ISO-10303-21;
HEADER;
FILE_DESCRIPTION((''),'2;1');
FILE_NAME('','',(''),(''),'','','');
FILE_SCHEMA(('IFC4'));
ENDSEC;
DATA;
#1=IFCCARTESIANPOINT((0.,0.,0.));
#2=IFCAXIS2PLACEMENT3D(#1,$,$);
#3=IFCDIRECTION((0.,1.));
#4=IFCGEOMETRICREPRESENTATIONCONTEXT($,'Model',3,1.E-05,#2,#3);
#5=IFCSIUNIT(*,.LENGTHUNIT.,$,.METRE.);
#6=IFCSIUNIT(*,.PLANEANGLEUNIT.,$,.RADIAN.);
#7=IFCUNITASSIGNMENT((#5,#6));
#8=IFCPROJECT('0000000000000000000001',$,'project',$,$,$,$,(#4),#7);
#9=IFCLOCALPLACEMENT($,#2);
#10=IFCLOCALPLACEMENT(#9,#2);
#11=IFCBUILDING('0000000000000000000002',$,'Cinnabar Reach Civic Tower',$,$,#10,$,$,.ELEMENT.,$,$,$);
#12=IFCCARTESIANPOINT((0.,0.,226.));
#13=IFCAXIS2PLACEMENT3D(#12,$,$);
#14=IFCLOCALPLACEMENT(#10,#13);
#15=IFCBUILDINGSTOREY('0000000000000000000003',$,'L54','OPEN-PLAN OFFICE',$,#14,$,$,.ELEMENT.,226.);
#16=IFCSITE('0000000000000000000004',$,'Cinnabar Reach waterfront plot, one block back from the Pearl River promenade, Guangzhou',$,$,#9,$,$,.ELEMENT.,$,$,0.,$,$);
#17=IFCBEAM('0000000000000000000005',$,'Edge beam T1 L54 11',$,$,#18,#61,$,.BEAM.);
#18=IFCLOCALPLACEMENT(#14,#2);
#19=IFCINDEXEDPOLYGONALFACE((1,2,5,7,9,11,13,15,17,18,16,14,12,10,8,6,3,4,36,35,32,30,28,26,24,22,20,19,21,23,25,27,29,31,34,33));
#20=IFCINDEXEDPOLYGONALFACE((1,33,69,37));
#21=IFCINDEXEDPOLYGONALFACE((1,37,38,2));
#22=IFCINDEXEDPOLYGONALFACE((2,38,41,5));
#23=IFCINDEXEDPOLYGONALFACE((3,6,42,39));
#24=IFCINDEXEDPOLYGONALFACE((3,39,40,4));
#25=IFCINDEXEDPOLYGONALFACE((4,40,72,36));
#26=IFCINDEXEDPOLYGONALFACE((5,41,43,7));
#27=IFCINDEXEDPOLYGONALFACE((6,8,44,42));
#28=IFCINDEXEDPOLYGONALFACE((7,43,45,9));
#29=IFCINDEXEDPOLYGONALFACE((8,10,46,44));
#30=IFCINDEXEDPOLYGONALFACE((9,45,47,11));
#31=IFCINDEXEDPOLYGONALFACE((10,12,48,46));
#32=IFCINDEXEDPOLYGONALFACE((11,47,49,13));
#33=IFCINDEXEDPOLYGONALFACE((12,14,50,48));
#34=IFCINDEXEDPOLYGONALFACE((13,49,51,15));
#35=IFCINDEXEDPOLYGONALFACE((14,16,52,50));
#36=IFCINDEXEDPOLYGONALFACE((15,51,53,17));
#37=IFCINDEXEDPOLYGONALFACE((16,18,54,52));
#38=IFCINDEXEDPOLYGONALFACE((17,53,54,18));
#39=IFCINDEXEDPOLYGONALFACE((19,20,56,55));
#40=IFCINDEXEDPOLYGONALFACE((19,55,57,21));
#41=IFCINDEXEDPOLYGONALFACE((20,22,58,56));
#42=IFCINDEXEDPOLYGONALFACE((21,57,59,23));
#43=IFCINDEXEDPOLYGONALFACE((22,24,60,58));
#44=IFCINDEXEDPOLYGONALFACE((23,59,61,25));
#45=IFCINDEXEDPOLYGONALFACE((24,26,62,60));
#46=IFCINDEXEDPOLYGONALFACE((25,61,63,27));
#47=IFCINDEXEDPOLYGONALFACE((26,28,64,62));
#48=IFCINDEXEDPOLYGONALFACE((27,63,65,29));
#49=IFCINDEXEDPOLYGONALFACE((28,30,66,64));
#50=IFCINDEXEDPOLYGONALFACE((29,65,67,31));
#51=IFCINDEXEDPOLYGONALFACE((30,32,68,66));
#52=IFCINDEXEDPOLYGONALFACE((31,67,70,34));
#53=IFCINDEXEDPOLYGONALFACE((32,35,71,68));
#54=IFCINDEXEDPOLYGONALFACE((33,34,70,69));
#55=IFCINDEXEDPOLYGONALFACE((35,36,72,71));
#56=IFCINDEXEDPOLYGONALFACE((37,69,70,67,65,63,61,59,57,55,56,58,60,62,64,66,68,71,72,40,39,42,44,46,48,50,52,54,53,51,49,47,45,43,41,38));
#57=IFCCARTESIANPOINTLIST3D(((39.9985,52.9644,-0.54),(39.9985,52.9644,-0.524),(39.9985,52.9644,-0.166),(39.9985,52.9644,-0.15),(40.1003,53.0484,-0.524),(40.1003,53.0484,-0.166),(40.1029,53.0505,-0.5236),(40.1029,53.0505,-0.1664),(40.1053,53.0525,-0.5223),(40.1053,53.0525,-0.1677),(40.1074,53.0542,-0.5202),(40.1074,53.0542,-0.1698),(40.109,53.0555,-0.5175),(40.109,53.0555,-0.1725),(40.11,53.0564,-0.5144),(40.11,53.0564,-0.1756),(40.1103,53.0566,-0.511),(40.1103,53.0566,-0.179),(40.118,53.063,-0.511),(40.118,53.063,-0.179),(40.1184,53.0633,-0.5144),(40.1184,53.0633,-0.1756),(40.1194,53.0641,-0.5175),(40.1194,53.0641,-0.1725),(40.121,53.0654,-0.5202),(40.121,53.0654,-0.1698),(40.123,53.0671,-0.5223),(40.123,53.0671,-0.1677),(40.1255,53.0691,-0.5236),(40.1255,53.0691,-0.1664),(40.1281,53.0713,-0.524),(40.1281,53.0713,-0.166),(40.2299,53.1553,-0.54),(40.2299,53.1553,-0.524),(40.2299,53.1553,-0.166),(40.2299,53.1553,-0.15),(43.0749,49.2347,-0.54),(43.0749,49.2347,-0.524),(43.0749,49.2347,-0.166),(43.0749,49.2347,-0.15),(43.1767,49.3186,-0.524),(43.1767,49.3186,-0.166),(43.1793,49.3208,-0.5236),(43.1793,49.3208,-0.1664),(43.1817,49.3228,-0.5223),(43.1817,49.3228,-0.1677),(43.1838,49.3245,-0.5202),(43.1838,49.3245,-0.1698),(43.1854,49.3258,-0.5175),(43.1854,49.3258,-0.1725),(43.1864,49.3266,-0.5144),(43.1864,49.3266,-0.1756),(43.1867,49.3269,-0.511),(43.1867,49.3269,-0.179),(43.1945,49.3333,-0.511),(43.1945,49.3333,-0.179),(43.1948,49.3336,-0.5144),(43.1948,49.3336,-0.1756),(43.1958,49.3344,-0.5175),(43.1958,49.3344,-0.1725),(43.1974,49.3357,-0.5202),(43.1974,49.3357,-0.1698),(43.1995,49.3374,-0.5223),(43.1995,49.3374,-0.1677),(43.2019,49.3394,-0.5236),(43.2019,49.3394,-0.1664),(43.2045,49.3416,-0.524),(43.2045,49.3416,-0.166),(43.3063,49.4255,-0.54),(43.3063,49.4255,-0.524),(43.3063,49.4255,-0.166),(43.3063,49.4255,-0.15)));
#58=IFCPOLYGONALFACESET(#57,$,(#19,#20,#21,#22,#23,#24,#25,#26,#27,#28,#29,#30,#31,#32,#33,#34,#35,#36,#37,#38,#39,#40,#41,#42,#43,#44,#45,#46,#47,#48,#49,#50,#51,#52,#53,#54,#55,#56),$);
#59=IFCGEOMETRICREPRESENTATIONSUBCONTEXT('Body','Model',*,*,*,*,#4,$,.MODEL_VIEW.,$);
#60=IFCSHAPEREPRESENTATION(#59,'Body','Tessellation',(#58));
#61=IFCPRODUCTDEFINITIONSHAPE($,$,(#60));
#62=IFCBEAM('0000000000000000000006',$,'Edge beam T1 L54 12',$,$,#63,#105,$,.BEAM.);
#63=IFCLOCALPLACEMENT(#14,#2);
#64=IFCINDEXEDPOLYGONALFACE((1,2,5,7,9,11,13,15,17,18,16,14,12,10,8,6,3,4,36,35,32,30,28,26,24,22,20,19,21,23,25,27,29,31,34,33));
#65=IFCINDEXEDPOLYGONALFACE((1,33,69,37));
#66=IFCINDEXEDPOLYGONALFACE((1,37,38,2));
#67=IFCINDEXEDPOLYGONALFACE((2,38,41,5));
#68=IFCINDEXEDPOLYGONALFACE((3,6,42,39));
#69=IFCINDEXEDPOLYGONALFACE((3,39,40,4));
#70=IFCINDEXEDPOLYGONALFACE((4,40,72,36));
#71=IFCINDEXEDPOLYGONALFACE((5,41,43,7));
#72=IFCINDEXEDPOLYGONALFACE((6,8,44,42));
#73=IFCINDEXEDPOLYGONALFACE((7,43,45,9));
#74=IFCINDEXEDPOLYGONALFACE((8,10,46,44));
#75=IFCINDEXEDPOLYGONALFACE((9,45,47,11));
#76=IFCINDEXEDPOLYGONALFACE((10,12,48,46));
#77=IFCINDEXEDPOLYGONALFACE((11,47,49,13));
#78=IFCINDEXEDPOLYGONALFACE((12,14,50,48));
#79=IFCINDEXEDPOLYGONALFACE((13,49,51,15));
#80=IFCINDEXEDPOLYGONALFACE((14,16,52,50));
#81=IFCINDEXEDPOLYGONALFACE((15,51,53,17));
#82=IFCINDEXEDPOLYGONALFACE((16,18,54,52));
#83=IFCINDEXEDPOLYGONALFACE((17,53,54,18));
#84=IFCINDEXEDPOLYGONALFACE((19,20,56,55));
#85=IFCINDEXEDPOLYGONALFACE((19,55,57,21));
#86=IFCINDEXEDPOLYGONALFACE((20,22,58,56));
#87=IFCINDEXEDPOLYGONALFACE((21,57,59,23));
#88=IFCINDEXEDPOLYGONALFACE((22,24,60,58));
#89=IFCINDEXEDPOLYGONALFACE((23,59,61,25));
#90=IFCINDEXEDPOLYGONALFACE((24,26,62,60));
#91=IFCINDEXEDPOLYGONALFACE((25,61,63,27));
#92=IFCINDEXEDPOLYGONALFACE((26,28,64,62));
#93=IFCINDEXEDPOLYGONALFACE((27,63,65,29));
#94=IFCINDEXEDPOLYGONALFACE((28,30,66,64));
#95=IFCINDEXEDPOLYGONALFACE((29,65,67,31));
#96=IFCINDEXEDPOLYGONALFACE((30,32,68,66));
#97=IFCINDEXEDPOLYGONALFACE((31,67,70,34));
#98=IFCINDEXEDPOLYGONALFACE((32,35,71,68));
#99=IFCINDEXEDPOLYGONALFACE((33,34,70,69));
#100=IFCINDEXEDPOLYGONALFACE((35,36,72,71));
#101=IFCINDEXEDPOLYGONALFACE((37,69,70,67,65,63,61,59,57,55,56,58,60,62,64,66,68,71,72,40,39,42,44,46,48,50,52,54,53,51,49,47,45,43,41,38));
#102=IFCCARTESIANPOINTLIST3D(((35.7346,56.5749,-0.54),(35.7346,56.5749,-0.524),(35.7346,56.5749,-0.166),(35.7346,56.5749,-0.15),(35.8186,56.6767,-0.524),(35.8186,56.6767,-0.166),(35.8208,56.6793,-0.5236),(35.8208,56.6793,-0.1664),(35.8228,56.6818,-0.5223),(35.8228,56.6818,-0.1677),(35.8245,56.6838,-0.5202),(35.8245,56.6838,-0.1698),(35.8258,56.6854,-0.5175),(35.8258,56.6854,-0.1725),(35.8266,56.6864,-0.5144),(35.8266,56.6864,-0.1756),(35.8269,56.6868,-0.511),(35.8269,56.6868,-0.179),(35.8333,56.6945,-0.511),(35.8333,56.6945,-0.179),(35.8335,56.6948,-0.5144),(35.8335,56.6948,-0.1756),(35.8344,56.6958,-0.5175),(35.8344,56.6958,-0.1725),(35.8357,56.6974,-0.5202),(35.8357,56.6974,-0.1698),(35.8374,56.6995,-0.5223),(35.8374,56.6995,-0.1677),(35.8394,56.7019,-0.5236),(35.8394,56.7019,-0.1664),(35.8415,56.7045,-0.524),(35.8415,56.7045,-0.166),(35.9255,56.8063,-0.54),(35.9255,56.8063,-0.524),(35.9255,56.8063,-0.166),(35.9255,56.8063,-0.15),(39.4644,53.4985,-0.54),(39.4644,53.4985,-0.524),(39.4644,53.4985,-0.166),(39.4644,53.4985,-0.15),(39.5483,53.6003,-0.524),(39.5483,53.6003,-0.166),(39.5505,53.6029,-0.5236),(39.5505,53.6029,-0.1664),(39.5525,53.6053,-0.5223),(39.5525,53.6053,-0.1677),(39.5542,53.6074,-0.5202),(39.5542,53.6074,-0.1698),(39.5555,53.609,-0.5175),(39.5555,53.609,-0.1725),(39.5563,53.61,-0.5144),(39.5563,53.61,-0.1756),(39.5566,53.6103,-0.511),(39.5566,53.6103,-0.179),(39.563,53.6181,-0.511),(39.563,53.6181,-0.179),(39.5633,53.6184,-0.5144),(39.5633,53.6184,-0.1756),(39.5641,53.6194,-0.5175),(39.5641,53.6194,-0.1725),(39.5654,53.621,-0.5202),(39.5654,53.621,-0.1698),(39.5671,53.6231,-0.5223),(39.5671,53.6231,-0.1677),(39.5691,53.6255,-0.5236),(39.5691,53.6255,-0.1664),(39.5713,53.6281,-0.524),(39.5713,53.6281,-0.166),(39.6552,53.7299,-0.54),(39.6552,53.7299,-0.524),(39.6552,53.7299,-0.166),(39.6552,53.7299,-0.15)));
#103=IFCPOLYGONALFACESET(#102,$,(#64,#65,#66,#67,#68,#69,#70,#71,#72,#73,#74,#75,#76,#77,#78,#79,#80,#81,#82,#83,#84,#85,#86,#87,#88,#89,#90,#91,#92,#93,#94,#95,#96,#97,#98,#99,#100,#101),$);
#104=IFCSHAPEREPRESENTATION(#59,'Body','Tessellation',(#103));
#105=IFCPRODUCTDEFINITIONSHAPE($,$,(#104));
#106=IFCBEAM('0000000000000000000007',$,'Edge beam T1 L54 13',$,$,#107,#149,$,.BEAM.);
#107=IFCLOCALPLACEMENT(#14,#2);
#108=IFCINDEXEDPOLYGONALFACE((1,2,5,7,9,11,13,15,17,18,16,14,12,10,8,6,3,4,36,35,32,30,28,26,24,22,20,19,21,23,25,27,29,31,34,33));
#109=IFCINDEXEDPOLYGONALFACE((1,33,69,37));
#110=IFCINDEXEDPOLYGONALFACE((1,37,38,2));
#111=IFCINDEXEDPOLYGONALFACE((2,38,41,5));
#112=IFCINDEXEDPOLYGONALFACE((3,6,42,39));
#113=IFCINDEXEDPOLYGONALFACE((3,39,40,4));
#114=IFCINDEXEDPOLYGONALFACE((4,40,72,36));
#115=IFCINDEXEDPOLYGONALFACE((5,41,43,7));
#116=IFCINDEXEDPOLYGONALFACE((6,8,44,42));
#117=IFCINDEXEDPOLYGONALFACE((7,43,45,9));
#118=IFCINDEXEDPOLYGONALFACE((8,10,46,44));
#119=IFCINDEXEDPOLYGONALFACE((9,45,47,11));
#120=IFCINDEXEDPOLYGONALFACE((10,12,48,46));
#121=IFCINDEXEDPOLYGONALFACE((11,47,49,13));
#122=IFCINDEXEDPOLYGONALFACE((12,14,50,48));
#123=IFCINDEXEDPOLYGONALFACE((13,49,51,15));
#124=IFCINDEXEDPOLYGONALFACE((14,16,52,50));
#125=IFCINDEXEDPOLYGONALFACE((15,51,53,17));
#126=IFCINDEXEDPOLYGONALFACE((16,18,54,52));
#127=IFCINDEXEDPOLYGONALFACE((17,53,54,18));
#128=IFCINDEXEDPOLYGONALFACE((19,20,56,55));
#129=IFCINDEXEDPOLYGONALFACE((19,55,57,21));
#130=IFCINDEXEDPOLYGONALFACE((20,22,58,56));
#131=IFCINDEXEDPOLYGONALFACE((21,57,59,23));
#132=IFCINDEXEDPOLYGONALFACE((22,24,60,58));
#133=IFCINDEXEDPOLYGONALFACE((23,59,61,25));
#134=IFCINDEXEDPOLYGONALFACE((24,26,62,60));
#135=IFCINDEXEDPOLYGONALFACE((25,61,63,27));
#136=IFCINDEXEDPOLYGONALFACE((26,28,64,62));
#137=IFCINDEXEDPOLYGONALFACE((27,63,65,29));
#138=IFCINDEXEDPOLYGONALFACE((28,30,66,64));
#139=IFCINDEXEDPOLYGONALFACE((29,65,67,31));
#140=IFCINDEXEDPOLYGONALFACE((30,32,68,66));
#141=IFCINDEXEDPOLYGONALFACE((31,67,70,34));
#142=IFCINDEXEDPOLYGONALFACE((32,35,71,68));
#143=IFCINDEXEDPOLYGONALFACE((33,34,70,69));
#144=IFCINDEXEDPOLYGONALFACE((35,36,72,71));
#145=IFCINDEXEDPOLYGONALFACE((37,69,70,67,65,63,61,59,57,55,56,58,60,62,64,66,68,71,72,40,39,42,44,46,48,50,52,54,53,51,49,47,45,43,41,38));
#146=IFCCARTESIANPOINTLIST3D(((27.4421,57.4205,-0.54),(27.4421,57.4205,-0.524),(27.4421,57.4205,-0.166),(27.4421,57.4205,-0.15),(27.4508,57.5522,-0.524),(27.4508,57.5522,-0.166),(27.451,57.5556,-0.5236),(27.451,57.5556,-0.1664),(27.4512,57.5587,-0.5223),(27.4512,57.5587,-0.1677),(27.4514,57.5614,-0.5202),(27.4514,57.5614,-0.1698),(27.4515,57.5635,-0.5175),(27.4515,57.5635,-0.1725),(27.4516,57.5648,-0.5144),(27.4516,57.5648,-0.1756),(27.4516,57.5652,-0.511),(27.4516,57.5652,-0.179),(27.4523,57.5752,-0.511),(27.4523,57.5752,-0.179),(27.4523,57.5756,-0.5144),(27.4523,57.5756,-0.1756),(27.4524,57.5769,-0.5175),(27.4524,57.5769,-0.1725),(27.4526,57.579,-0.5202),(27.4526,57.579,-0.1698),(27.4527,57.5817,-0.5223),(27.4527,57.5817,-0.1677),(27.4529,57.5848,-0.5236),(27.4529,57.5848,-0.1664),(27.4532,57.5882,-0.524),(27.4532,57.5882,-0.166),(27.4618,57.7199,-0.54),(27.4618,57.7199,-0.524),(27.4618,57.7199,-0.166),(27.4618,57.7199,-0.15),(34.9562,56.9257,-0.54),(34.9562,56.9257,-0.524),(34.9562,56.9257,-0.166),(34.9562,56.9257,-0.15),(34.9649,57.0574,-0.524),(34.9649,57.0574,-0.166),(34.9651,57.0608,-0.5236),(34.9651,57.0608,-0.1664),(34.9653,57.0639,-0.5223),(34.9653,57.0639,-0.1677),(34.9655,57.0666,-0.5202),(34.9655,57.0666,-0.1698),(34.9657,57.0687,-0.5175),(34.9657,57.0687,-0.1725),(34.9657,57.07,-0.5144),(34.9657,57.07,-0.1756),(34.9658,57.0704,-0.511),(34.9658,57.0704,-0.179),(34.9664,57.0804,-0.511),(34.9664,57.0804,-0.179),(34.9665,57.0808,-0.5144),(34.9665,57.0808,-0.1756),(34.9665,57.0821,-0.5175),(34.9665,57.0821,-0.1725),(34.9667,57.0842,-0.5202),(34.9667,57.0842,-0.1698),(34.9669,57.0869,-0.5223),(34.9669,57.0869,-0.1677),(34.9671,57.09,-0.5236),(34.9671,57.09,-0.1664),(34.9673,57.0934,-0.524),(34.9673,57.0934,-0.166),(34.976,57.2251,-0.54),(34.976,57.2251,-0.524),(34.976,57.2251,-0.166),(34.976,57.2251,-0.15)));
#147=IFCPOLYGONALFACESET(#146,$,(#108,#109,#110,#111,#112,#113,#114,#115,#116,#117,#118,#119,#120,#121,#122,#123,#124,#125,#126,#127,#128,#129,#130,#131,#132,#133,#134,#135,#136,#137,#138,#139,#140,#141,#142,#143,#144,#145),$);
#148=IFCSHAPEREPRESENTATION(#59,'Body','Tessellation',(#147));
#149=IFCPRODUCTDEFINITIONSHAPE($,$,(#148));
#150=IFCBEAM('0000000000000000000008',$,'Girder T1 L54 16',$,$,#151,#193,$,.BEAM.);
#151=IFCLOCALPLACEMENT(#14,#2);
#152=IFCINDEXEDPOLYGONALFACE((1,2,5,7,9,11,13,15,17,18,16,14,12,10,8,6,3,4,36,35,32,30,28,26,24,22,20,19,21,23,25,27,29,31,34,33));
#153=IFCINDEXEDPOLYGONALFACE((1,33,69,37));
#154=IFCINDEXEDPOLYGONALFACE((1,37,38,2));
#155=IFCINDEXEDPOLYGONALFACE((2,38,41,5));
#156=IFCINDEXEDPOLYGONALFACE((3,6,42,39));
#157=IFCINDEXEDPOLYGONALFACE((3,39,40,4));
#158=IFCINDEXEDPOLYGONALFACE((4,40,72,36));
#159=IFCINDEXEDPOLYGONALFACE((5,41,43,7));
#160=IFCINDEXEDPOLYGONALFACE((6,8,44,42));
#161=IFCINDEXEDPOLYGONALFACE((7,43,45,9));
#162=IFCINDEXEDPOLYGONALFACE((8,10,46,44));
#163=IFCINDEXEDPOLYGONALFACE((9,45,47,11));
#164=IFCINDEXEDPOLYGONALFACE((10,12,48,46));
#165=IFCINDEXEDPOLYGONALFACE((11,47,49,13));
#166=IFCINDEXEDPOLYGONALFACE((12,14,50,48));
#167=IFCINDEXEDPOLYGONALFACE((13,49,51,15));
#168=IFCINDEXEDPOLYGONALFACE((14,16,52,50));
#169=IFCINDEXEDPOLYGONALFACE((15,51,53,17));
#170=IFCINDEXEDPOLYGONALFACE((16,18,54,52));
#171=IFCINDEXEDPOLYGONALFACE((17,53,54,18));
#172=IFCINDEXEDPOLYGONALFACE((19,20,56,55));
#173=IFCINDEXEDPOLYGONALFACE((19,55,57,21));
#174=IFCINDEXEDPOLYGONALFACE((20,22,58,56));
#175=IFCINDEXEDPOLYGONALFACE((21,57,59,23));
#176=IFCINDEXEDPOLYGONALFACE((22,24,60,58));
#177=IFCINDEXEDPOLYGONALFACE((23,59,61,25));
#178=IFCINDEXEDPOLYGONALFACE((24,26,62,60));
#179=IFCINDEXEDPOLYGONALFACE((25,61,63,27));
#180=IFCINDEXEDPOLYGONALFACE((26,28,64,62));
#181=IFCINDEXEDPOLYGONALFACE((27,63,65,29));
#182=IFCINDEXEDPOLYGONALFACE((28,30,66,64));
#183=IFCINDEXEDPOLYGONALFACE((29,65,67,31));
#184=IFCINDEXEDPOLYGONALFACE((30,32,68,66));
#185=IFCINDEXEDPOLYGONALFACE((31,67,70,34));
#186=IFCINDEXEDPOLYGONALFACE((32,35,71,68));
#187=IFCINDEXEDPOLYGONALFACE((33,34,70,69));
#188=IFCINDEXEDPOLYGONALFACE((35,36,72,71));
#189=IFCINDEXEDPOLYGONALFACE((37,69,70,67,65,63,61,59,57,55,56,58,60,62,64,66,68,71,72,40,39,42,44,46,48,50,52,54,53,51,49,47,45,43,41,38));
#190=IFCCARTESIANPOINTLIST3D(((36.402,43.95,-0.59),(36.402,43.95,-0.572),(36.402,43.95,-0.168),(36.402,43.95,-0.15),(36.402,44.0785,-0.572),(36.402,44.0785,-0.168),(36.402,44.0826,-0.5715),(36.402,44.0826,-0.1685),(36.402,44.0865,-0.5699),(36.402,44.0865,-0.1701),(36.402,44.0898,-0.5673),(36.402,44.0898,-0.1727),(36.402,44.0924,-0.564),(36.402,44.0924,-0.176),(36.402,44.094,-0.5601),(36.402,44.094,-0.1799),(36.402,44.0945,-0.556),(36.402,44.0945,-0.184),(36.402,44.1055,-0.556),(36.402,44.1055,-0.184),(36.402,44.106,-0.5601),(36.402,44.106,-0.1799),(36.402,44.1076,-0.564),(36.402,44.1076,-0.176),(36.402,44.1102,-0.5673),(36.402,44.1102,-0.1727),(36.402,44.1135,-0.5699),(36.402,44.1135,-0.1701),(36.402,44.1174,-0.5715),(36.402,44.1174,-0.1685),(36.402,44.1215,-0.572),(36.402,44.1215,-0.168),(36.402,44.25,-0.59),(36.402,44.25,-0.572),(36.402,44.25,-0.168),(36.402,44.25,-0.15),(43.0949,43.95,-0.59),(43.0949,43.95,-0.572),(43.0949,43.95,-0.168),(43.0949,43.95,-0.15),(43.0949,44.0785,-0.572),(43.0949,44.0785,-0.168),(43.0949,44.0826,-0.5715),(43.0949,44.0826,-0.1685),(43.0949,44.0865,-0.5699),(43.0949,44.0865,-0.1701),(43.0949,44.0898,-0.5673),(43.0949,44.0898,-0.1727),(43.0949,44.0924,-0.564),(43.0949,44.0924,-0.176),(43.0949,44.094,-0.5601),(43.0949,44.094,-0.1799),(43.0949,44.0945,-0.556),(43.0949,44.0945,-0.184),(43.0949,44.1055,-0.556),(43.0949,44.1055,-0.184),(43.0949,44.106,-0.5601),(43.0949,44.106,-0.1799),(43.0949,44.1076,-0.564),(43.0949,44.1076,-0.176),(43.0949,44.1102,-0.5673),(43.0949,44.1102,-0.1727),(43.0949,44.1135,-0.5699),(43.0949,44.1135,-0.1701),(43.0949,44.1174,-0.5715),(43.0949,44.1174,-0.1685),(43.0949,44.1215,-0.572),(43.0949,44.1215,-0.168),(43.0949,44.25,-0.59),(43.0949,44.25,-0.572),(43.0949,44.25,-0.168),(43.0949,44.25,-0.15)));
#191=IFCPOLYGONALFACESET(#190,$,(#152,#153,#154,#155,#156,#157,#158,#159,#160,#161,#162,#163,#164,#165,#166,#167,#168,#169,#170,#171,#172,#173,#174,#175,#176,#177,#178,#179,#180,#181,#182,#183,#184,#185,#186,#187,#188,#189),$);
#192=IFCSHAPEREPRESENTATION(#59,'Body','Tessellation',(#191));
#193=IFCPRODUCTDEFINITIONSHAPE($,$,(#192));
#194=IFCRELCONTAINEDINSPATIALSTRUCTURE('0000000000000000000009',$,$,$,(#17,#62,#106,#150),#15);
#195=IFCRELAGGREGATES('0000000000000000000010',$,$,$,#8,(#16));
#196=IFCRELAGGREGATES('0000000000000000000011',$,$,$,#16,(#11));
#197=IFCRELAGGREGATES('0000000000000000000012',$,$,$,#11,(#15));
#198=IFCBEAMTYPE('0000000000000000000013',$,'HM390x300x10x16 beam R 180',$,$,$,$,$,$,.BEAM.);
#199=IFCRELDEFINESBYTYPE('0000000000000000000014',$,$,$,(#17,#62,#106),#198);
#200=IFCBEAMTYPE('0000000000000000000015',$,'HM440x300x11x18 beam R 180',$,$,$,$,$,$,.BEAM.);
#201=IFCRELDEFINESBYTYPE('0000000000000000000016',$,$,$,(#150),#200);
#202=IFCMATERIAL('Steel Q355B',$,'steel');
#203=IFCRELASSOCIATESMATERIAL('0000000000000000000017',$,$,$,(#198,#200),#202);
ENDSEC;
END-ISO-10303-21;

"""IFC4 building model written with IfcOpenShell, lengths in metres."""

from ifc_helpers import new_model, si_unit, direction, frame, origin, origin_2d, place, context, subcontext, project, spatial, i_section, extrude, material, material_profile, profile_set, type_object, element, save


model = new_model("IFC4")

# Units and contexts
model_context = context("Model", 3, precision=1e-05, world=origin(), true_north=direction((0.0, 1.0)))
body_context = subcontext(model_context, "Body", "Model", "MODEL_VIEW")
ifc_project = project(units=[si_unit("LENGTHUNIT", "METRE"), si_unit("PLANEANGLEUNIT", "RADIAN")], contexts=[model_context])

# Site, building, storey
site_placement = place(None, origin())
site = spatial("IfcSite", under=ifc_project, at=site_placement, Name="Cinnabar Reach waterfront plot, one block back from the Pearl River promenade, Guangzhou", CompositionType="ELEMENT", RefElevation=0.0)
building_placement = place(site_placement, origin())
building = spatial("IfcBuilding", under=site, at=building_placement, Name="Cinnabar Reach Civic Tower", CompositionType="ELEMENT")
storey_placement = place(building_placement, frame((0.0, 0.0, 226.0)))
storey = spatial("IfcBuildingStorey", under=building, at=storey_placement, Name="L54", Description="OPEN-PLAN OFFICE", CompositionType="ELEMENT", Elevation=226.0)

# Beams
ifc_material_1 = material(Name="Steel Q355B", Category="steel")
ifc_material_profile_1 = material_profile(ifc_material_1, i_section(OverallWidth=0.3, OverallDepth=0.39, WebThickness=0.01, FlangeThickness=0.016, FilletRadius=0.013, at=origin_2d()), Name="HM390x300x10x16")
ifc_profile_set_1 = profile_set([ifc_material_profile_1], Name="Steel Q355B")
beam_type_1 = type_object("IfcBeamType", Name="HM390x300x10x16 beam R 180", PredefinedType="BEAM", material=ifc_profile_set_1)
for number, where, z_axis, x_axis, name in (
    (1, (43.1906, 49.3301, -0.345), (-0.636309, 0.771434, 0.0), (-0.771434, -0.636309, 0.0), "Edge beam T1 L54 11"),
    (2, (39.5598, 53.6142, -0.345), (-0.771434, 0.636309, 0.0), (-0.636309, -0.771434, 0.0), "Edge beam T1 L54 12"),
):
    element("IfcBeam", number, at=place(storey_placement, frame(where, z_axis=z_axis, x_axis=x_axis)), inside=storey, type_object=beam_type_1, Name=name, PredefinedType="BEAM", context=body_context, shape_type="SweptSolid", body=[
        extrude(i_section(OverallWidth=0.3, OverallDepth=0.39, WebThickness=0.01, FlangeThickness=0.016, FilletRadius=0.013, at=origin_2d()), origin(), (0.0, 0.0, 1.0), 4.8348),
    ])
beam_1_placement = place(storey_placement, frame((34.9661, 57.0754, -0.345), z_axis=(-0.997839, 0.065707, 0.0), x_axis=(-0.065707, -0.997839, 0.0)))
element("IfcBeam", 3, at=beam_1_placement, inside=storey, type_object=beam_type_1, Name="Edge beam T1 L54 13", PredefinedType="BEAM", context=body_context, shape_type="SweptSolid", body=[
    extrude(i_section(OverallWidth=0.3, OverallDepth=0.39, WebThickness=0.01, FlangeThickness=0.016, FilletRadius=0.013, at=origin_2d()), origin(), (0.0, 0.0, 1.0), 7.5304),
])
ifc_material_profile_2 = material_profile(ifc_material_1, i_section(OverallWidth=0.3, OverallDepth=0.44, WebThickness=0.011, FlangeThickness=0.018, FilletRadius=0.016, at=origin_2d()), Name="HM440x300x11x18")
ifc_profile_set_2 = profile_set([ifc_material_profile_2], Name="Steel Q355B")
beam_type_2 = type_object("IfcBeamType", Name="HM440x300x11x18 beam R 180", PredefinedType="BEAM", material=ifc_profile_set_2)
beam_2_placement = place(storey_placement, frame((36.402, 44.1, -0.37), z_axis=(1.0, 0.0, 0.0), x_axis=(0.0, 1.0, 0.0)))
element("IfcBeam", 4, at=beam_2_placement, inside=storey, type_object=beam_type_2, Name="Girder T1 L54 16", PredefinedType="BEAM", context=body_context, shape_type="SweptSolid", body=[
    extrude(i_section(OverallWidth=0.3, OverallDepth=0.44, WebThickness=0.011, FlangeThickness=0.018, FilletRadius=0.016, at=origin_2d()), origin(), (0.0, 0.0, 1.0), 6.6929),
])

save(model, "model.ifc")
